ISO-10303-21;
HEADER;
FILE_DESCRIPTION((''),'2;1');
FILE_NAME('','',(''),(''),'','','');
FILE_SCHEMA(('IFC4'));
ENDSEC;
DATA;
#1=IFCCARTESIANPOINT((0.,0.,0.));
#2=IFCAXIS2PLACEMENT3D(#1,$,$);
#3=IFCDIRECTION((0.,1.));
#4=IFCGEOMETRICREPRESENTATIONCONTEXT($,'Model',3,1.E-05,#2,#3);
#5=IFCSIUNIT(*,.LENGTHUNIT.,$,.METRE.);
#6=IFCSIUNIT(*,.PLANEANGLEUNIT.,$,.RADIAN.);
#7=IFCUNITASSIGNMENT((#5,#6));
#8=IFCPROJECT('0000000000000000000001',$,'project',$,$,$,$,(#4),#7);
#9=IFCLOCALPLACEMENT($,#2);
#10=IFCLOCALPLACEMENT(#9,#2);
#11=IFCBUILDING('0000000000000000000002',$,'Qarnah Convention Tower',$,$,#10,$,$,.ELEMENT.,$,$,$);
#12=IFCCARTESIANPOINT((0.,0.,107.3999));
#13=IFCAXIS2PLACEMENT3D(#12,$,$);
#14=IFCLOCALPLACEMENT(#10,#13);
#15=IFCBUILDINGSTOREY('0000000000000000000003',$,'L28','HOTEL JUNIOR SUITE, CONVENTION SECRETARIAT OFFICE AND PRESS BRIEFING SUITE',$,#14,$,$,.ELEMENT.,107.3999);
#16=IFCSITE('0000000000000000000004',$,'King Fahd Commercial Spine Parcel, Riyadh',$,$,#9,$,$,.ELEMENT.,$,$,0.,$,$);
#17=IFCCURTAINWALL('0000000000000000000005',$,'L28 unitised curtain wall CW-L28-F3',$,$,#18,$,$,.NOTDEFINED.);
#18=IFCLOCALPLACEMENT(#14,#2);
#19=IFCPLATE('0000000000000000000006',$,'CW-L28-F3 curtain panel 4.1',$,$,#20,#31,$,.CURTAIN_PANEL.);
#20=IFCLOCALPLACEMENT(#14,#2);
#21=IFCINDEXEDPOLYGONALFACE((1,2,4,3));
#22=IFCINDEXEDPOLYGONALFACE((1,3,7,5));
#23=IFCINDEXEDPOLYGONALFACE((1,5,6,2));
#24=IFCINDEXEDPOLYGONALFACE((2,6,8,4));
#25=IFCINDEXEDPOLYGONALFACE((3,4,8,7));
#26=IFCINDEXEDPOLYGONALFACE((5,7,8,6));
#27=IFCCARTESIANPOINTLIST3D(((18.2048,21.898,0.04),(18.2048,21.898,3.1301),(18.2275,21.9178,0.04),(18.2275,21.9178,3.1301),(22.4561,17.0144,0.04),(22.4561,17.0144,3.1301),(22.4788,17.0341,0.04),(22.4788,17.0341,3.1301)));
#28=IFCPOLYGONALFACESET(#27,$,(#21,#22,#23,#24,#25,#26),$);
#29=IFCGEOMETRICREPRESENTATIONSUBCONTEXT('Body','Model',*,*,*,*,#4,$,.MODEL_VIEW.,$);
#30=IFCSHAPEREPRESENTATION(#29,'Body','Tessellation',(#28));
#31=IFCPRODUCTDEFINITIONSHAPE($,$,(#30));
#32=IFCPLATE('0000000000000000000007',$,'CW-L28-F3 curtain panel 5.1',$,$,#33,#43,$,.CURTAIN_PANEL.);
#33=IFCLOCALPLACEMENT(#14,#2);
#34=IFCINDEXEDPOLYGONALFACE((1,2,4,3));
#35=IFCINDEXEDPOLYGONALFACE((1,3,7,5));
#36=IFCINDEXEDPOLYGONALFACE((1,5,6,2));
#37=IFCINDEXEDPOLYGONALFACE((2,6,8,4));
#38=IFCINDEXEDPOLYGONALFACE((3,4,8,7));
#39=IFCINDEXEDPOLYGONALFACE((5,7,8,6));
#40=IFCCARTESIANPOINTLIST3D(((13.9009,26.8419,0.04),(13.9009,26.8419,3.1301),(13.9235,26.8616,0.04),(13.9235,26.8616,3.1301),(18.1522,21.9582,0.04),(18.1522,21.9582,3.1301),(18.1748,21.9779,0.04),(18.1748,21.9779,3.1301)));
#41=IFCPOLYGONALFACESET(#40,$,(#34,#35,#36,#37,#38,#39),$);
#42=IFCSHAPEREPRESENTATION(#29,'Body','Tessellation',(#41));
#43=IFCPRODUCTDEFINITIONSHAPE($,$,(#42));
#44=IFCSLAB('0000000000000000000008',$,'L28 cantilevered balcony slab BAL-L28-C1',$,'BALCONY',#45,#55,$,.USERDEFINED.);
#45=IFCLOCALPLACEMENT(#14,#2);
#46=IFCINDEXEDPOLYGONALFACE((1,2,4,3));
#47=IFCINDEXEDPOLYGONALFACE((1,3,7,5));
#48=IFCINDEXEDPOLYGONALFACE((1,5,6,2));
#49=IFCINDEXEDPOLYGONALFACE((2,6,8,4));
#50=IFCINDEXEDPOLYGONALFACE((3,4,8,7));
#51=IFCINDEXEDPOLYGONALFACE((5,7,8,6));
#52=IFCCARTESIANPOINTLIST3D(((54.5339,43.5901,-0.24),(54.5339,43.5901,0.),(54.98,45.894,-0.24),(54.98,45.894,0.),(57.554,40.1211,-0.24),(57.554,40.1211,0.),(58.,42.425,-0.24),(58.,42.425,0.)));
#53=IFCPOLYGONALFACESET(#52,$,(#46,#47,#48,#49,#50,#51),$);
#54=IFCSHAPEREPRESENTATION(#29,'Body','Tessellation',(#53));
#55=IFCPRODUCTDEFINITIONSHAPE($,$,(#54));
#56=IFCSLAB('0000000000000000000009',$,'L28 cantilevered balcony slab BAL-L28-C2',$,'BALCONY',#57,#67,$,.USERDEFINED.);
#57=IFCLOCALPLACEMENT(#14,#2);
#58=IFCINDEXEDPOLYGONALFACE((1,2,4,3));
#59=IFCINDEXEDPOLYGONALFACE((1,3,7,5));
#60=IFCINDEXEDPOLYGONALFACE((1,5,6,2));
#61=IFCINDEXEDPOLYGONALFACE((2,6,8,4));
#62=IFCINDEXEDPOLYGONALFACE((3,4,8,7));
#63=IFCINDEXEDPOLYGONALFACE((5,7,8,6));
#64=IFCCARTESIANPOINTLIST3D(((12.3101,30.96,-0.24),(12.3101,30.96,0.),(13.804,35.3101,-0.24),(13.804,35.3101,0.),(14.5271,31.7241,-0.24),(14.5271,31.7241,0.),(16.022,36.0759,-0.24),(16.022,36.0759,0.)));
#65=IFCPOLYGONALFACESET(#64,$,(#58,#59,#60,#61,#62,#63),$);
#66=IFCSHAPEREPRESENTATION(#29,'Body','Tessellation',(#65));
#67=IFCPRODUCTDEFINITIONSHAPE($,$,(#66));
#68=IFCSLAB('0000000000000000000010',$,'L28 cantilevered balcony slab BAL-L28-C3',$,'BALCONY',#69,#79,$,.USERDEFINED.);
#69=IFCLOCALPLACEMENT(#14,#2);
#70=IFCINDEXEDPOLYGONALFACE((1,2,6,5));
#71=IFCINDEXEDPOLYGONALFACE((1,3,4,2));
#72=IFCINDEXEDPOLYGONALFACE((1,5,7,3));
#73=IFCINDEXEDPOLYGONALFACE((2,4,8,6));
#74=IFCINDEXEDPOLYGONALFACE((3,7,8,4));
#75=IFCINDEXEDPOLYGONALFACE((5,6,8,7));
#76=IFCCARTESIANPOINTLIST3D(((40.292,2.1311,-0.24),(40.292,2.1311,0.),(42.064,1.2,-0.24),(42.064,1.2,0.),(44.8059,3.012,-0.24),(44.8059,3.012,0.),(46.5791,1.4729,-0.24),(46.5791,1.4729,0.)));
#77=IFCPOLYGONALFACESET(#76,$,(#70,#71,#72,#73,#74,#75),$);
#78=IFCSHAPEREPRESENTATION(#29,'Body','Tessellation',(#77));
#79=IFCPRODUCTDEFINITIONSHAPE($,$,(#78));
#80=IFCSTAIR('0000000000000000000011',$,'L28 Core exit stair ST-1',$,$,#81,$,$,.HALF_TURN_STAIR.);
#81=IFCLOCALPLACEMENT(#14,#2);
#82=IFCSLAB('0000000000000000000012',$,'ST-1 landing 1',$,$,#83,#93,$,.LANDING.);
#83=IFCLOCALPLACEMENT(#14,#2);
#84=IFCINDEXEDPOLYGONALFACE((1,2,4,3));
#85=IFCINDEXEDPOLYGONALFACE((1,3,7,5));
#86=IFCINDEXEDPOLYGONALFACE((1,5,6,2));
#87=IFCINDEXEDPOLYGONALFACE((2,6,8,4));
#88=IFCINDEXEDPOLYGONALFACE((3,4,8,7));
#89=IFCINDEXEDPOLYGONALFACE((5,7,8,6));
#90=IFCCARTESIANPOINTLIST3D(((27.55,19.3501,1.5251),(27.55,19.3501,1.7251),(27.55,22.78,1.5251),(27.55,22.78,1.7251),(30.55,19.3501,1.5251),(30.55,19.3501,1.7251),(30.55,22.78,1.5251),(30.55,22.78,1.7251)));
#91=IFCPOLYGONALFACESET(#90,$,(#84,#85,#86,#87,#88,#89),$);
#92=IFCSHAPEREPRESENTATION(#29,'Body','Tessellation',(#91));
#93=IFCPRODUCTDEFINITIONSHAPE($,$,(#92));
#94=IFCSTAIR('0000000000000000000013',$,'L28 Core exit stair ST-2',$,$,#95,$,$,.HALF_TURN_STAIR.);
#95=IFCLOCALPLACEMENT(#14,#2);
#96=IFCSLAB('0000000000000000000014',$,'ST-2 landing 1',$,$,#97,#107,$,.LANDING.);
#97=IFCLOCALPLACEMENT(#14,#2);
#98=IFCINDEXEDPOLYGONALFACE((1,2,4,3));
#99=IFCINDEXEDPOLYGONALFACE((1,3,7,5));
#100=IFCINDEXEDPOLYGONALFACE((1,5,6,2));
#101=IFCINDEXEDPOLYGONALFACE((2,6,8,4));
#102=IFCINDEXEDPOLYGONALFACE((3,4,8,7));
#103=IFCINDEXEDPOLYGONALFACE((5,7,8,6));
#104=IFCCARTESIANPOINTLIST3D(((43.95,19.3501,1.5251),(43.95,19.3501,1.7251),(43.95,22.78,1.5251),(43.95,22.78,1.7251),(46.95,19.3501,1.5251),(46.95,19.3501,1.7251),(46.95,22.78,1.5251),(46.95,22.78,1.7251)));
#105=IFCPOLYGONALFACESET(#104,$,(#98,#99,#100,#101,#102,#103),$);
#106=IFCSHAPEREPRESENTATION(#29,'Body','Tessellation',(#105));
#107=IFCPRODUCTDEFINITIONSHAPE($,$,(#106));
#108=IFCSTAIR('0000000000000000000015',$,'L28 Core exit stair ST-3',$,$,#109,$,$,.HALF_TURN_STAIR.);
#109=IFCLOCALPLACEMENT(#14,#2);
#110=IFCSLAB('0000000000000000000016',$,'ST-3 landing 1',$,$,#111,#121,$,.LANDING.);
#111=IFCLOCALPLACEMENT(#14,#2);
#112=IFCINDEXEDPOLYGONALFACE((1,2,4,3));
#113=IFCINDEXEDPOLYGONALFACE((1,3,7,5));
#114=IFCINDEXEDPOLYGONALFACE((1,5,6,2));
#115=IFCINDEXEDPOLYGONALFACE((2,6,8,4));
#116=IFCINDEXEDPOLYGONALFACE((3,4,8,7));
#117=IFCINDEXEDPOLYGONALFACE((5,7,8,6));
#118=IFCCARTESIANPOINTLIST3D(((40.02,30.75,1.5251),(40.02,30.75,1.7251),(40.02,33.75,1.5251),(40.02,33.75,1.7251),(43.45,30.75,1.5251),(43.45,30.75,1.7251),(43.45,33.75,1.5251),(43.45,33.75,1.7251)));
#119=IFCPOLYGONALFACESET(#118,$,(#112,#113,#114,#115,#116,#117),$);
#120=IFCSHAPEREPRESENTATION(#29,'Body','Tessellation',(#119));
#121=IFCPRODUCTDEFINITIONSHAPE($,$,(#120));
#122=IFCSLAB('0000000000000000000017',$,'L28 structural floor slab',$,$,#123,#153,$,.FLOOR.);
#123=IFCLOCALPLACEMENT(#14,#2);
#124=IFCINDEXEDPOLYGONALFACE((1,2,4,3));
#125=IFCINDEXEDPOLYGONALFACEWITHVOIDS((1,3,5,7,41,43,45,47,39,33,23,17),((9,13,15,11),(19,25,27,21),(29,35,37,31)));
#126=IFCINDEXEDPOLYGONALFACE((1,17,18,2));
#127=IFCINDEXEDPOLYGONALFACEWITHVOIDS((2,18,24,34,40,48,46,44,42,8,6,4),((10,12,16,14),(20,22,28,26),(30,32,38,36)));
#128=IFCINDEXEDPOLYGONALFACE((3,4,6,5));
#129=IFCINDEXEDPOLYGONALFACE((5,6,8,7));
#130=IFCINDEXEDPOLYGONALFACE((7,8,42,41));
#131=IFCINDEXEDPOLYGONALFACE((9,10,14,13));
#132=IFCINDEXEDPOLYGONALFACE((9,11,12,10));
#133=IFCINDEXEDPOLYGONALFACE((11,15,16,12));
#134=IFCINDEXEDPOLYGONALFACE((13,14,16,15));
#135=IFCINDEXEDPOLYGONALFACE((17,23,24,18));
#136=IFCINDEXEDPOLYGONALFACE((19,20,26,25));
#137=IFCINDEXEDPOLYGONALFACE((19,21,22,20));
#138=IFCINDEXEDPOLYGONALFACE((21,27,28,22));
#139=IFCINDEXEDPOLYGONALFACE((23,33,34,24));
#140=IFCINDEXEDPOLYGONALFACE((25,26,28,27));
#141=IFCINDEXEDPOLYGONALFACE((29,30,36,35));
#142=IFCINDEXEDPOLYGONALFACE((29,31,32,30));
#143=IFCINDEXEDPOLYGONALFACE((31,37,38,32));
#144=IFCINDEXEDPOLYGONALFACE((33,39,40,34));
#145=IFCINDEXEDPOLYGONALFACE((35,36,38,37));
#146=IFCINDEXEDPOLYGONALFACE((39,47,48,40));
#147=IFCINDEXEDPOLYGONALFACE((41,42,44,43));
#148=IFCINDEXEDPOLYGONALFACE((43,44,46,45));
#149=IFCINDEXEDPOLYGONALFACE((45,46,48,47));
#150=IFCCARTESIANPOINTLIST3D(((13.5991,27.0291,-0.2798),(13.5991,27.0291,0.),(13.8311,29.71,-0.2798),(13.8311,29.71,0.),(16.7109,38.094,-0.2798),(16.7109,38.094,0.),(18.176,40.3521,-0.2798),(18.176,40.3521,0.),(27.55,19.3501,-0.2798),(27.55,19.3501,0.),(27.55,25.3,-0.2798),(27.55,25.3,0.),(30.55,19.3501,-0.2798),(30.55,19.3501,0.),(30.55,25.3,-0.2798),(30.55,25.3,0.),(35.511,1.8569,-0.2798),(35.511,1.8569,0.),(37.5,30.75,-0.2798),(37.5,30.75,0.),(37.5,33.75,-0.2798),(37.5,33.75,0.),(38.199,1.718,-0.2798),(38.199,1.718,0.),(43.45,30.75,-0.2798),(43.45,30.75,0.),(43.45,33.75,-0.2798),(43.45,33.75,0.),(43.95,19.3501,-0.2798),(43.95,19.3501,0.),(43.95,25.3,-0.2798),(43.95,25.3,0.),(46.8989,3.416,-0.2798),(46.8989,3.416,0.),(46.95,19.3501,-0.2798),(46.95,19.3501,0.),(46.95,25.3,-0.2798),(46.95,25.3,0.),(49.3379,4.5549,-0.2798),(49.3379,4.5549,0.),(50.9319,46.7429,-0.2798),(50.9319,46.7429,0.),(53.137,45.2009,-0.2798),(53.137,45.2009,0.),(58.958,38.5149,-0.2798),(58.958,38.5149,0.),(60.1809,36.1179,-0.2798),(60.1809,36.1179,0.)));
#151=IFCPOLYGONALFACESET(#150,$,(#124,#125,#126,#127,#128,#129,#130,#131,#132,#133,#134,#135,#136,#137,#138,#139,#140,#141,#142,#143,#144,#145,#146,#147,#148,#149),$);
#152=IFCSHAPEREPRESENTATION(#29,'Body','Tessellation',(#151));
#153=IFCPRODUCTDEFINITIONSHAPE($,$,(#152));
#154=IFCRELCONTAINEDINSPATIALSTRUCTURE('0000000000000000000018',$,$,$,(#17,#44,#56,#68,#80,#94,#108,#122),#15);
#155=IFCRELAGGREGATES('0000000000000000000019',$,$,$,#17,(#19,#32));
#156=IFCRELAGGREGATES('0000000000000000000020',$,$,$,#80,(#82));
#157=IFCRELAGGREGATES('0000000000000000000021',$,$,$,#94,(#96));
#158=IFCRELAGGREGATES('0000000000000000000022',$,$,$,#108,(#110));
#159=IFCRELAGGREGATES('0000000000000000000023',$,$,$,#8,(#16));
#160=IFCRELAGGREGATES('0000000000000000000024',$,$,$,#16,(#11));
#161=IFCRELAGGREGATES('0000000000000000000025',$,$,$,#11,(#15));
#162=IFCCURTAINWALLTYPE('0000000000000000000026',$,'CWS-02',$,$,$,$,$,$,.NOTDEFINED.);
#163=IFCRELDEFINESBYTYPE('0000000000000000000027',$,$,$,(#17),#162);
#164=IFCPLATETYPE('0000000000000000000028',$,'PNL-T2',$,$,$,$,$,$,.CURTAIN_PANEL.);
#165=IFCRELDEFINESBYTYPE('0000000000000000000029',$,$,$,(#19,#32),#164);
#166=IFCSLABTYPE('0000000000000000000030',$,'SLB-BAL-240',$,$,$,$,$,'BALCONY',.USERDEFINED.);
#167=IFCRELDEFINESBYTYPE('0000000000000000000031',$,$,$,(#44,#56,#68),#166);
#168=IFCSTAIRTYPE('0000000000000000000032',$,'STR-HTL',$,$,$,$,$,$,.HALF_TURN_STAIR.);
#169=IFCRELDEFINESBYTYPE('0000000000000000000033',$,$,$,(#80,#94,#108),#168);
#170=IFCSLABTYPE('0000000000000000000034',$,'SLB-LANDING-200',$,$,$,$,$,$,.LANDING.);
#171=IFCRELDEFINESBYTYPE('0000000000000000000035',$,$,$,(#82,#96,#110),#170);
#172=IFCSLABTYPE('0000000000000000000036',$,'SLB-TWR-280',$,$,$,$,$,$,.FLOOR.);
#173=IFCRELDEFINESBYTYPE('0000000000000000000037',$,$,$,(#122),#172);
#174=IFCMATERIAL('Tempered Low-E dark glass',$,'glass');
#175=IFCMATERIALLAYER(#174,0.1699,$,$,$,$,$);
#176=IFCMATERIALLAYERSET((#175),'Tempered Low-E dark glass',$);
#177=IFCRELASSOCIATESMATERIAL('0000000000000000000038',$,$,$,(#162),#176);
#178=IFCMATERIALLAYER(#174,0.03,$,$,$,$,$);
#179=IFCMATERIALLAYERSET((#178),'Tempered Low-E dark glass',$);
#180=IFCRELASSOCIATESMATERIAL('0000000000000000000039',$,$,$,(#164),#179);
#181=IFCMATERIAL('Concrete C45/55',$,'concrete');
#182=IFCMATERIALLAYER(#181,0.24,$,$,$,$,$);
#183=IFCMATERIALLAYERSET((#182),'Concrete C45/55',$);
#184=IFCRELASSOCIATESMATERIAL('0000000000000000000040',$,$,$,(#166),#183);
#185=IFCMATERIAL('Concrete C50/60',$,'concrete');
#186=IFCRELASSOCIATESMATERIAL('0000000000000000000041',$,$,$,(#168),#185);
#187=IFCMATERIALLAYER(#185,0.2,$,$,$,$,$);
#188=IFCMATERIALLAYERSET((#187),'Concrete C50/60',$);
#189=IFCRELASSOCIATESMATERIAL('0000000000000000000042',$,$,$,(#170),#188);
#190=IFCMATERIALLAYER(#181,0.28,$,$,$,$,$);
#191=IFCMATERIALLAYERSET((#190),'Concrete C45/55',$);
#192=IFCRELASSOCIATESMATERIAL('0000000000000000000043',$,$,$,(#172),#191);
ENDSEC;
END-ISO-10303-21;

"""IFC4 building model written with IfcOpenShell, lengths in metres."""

from ifc_helpers import new_model, si_unit, direction, frame, origin, origin_2d, place, context, subcontext, project, spatial, polyline, rectangle, outline, extrude, material, layer, layer_set, type_object, element, aggregate, save


model = new_model("IFC4")

# Units and contexts
model_context = context("Model", 3, precision=1e-05, world=origin(), true_north=direction((0.0, 1.0)))
body_context = subcontext(model_context, "Body", "Model", "MODEL_VIEW")
ifc_project = project(units=[si_unit("LENGTHUNIT", "METRE"), si_unit("PLANEANGLEUNIT", "RADIAN")], contexts=[model_context])

# Site, building, storey
site_placement = place(None, origin())
site = spatial("IfcSite", under=ifc_project, at=site_placement, Name="King Fahd Commercial Spine Parcel, Riyadh", CompositionType="ELEMENT", RefElevation=0.0)
building_placement = place(site_placement, origin())
building = spatial("IfcBuilding", under=site, at=building_placement, Name="Qarnah Convention Tower", CompositionType="ELEMENT")
storey_placement = place(building_placement, frame((0.0, 0.0, 107.3999)))
storey = spatial("IfcBuildingStorey", under=building, at=storey_placement, Name="L28", Description="HOTEL JUNIOR SUITE, CONVENTION SECRETARIAT OFFICE AND PRESS BRIEFING SUITE", CompositionType="ELEMENT", Elevation=107.3999)

# Curtain wall, plates
ifc_material_1 = material(Name="Tempered Low-E dark glass", Category="glass")
ifc_layer_1 = layer(ifc_material_1, 0.1699)
ifc_layer_set_1 = layer_set([ifc_layer_1], Name="Tempered Low-E dark glass")
curtain_wall_type = type_object("IfcCurtainWallType", Name="CWS-02", PredefinedType="NOTDEFINED", material=ifc_layer_set_1)
curtain_wall_placement = place(storey_placement, origin())
curtain_wall = element("IfcCurtainWall", 1, at=curtain_wall_placement, inside=storey, type_object=curtain_wall_type, Name="L28 unitised curtain wall CW-L28-F3", PredefinedType="NOTDEFINED")
ifc_layer_2 = layer(ifc_material_1, 0.03)
ifc_layer_set_2 = layer_set([ifc_layer_2], Name="Tempered Low-E dark glass")
plate_type = type_object("IfcPlateType", Name="PNL-T2", PredefinedType="CURTAIN_PANEL", material=ifc_layer_set_2)
plate_1_placement = place(storey_placement, frame((20.3418, 19.4661, 0.04), z_axis=(0.0, 0.0, 1.0), x_axis=(-0.656584, 0.754253, 0.0)))
plate_1 = element("IfcPlate", 2, at=plate_1_placement, type_object=plate_type, Name="CW-L28-F3 curtain panel 4.1", PredefinedType="CURTAIN_PANEL", context=body_context, shape_type="SweptSolid", body=[
    extrude(rectangle(XDim=6.4749, YDim=0.03, at=origin_2d()), origin(), (0.0, 0.0, 1.0), 3.0901),
])
plate_2_placement = place(storey_placement, frame((16.0378, 24.4099, 0.04), z_axis=(0.0, 0.0, 1.0), x_axis=(-0.656584, 0.754253, 0.0)))
plate_2 = element("IfcPlate", 3, at=plate_2_placement, type_object=plate_type, Name="CW-L28-F3 curtain panel 5.1", PredefinedType="CURTAIN_PANEL", context=body_context, shape_type="SweptSolid", body=[
    extrude(rectangle(XDim=6.4749, YDim=0.03, at=origin_2d()), origin(), (0.0, 0.0, 1.0), 3.0901),
])
aggregate(curtain_wall, [plate_1, plate_2])

# Slabs
ifc_material_2 = material(Name="Concrete C45/55", Category="concrete")
ifc_layer_3 = layer(ifc_material_2, 0.24)
ifc_layer_set_3 = layer_set([ifc_layer_3], Name="Concrete C45/55")
slab_type_1 = type_object("IfcSlabType", Name="SLB-BAL-240", ElementType="BALCONY", PredefinedType="USERDEFINED", material=ifc_layer_set_3)
slab_1_placement = place(storey_placement, frame((0.0, 0.0, -0.24)))
element("IfcSlab", 4, at=slab_1_placement, inside=storey, type_object=slab_type_1, Name="L28 cantilevered balcony slab BAL-L28-C1", ObjectType="BALCONY", PredefinedType="USERDEFINED", context=body_context, shape_type="SweptSolid", body=[
    extrude(outline(polyline([(54.98, 45.894), (58.0, 42.425), (57.554, 40.1211), (54.5339, 43.5901), (54.98, 45.894)])), origin(), (0.0, 0.0, 1.0), 0.24),
])
slab_2_placement = place(storey_placement, frame((0.0, 0.0, -0.24)))
element("IfcSlab", 5, at=slab_2_placement, inside=storey, type_object=slab_type_1, Name="L28 cantilevered balcony slab BAL-L28-C2", ObjectType="BALCONY", PredefinedType="USERDEFINED", context=body_context, shape_type="SweptSolid", body=[
    extrude(outline(polyline([(12.3101, 30.96), (13.804, 35.3101), (16.022, 36.0759), (14.5271, 31.7241), (12.3101, 30.96)])), origin(), (0.0, 0.0, 1.0), 0.24),
])
slab_3_placement = place(storey_placement, frame((0.0, 0.0, -0.24)))
element("IfcSlab", 6, at=slab_3_placement, inside=storey, type_object=slab_type_1, Name="L28 cantilevered balcony slab BAL-L28-C3", ObjectType="BALCONY", PredefinedType="USERDEFINED", context=body_context, shape_type="SweptSolid", body=[
    extrude(outline(polyline([(46.5791, 1.4729), (42.064, 1.2), (40.292, 2.1311), (44.8059, 3.012), (46.5791, 1.4729)])), origin(), (0.0, 0.0, 1.0), 0.24),
])

# Stairs, slabs
ifc_material_3 = material(Name="Concrete C50/60", Category="concrete")
stair_type = type_object("IfcStairType", Name="STR-HTL", PredefinedType="HALF_TURN_STAIR", material=ifc_material_3)
stair_1_placement = place(storey_placement, origin())
stair_1 = element("IfcStair", 7, at=stair_1_placement, inside=storey, type_object=stair_type, Name="L28 Core exit stair ST-1", PredefinedType="HALF_TURN_STAIR")
ifc_layer_4 = layer(ifc_material_3, 0.2)
ifc_layer_set_4 = layer_set([ifc_layer_4], Name="Concrete C50/60")
slab_type_2 = type_object("IfcSlabType", Name="SLB-LANDING-200", PredefinedType="LANDING", material=ifc_layer_set_4)
slab_4_placement = place(storey_placement, frame((0.0, 0.0, 1.5251)))
slab_4 = element("IfcSlab", 8, at=slab_4_placement, type_object=slab_type_2, Name="ST-1 landing 1", PredefinedType="LANDING", context=body_context, shape_type="SweptSolid", body=[
    extrude(outline(polyline([(27.55, 22.78), (27.55, 19.3501), (30.55, 19.3501), (30.55, 22.78), (27.55, 22.78)])), origin(), (0.0, 0.0, 1.0), 0.2),
])
aggregate(stair_1, [slab_4])
stair_2_placement = place(storey_placement, origin())
stair_2 = element("IfcStair", 9, at=stair_2_placement, inside=storey, type_object=stair_type, Name="L28 Core exit stair ST-2", PredefinedType="HALF_TURN_STAIR")
slab_5_placement = place(storey_placement, frame((0.0, 0.0, 1.5251)))
slab_5 = element("IfcSlab", 10, at=slab_5_placement, type_object=slab_type_2, Name="ST-2 landing 1", PredefinedType="LANDING", context=body_context, shape_type="SweptSolid", body=[
    extrude(outline(polyline([(43.95, 22.78), (43.95, 19.3501), (46.95, 19.3501), (46.95, 22.78), (43.95, 22.78)])), origin(), (0.0, 0.0, 1.0), 0.2),
])
aggregate(stair_2, [slab_5])
stair_3_placement = place(storey_placement, origin())
stair_3 = element("IfcStair", 11, at=stair_3_placement, inside=storey, type_object=stair_type, Name="L28 Core exit stair ST-3", PredefinedType="HALF_TURN_STAIR")
slab_6_placement = place(storey_placement, frame((0.0, 0.0, 1.5251)))
slab_6 = element("IfcSlab", 12, at=slab_6_placement, type_object=slab_type_2, Name="ST-3 landing 1", PredefinedType="LANDING", context=body_context, shape_type="SweptSolid", body=[
    extrude(outline(polyline([(40.02, 30.75), (43.45, 30.75), (43.45, 33.75), (40.02, 33.75), (40.02, 30.75)])), origin(), (0.0, 0.0, 1.0), 0.2),
])
aggregate(stair_3, [slab_6])

# Slab
ifc_layer_5 = layer(ifc_material_2, 0.28)
ifc_layer_set_5 = layer_set([ifc_layer_5], Name="Concrete C45/55")
slab_type_3 = type_object("IfcSlabType", Name="SLB-TWR-280", PredefinedType="FLOOR", material=ifc_layer_set_5)
slab_7_placement = place(storey_placement, frame((0.0, 0.0, -0.2798)))
element("IfcSlab", 13, at=slab_7_placement, inside=storey, type_object=slab_type_3, Name="L28 structural floor slab", PredefinedType="FLOOR", context=body_context, shape_type="SweptSolid", body=[
    extrude(outline(polyline([(50.9319, 46.7429), (18.176, 40.3521), (16.7109, 38.094), (13.8311, 29.71), (13.5991, 27.0291), (35.511, 1.8569), (38.199, 1.718), (46.8989, 3.416), (49.3379, 4.5549), (60.1809, 36.1179), (58.958, 38.5149), (53.137, 45.2009), (50.9319, 46.7429)]), holes=[polyline([(27.55, 25.3), (27.55, 19.3501), (30.55, 19.3501), (30.55, 25.3), (27.55, 25.3)]), polyline([(43.95, 25.3), (43.95, 19.3501), (46.95, 19.3501), (46.95, 25.3), (43.95, 25.3)]), polyline([(37.5, 30.75), (43.45, 30.75), (43.45, 33.75), (37.5, 33.75), (37.5, 30.75)])]), origin(), (0.0, 0.0, 1.0), 0.2798),
])

save(model, "model.ifc")
